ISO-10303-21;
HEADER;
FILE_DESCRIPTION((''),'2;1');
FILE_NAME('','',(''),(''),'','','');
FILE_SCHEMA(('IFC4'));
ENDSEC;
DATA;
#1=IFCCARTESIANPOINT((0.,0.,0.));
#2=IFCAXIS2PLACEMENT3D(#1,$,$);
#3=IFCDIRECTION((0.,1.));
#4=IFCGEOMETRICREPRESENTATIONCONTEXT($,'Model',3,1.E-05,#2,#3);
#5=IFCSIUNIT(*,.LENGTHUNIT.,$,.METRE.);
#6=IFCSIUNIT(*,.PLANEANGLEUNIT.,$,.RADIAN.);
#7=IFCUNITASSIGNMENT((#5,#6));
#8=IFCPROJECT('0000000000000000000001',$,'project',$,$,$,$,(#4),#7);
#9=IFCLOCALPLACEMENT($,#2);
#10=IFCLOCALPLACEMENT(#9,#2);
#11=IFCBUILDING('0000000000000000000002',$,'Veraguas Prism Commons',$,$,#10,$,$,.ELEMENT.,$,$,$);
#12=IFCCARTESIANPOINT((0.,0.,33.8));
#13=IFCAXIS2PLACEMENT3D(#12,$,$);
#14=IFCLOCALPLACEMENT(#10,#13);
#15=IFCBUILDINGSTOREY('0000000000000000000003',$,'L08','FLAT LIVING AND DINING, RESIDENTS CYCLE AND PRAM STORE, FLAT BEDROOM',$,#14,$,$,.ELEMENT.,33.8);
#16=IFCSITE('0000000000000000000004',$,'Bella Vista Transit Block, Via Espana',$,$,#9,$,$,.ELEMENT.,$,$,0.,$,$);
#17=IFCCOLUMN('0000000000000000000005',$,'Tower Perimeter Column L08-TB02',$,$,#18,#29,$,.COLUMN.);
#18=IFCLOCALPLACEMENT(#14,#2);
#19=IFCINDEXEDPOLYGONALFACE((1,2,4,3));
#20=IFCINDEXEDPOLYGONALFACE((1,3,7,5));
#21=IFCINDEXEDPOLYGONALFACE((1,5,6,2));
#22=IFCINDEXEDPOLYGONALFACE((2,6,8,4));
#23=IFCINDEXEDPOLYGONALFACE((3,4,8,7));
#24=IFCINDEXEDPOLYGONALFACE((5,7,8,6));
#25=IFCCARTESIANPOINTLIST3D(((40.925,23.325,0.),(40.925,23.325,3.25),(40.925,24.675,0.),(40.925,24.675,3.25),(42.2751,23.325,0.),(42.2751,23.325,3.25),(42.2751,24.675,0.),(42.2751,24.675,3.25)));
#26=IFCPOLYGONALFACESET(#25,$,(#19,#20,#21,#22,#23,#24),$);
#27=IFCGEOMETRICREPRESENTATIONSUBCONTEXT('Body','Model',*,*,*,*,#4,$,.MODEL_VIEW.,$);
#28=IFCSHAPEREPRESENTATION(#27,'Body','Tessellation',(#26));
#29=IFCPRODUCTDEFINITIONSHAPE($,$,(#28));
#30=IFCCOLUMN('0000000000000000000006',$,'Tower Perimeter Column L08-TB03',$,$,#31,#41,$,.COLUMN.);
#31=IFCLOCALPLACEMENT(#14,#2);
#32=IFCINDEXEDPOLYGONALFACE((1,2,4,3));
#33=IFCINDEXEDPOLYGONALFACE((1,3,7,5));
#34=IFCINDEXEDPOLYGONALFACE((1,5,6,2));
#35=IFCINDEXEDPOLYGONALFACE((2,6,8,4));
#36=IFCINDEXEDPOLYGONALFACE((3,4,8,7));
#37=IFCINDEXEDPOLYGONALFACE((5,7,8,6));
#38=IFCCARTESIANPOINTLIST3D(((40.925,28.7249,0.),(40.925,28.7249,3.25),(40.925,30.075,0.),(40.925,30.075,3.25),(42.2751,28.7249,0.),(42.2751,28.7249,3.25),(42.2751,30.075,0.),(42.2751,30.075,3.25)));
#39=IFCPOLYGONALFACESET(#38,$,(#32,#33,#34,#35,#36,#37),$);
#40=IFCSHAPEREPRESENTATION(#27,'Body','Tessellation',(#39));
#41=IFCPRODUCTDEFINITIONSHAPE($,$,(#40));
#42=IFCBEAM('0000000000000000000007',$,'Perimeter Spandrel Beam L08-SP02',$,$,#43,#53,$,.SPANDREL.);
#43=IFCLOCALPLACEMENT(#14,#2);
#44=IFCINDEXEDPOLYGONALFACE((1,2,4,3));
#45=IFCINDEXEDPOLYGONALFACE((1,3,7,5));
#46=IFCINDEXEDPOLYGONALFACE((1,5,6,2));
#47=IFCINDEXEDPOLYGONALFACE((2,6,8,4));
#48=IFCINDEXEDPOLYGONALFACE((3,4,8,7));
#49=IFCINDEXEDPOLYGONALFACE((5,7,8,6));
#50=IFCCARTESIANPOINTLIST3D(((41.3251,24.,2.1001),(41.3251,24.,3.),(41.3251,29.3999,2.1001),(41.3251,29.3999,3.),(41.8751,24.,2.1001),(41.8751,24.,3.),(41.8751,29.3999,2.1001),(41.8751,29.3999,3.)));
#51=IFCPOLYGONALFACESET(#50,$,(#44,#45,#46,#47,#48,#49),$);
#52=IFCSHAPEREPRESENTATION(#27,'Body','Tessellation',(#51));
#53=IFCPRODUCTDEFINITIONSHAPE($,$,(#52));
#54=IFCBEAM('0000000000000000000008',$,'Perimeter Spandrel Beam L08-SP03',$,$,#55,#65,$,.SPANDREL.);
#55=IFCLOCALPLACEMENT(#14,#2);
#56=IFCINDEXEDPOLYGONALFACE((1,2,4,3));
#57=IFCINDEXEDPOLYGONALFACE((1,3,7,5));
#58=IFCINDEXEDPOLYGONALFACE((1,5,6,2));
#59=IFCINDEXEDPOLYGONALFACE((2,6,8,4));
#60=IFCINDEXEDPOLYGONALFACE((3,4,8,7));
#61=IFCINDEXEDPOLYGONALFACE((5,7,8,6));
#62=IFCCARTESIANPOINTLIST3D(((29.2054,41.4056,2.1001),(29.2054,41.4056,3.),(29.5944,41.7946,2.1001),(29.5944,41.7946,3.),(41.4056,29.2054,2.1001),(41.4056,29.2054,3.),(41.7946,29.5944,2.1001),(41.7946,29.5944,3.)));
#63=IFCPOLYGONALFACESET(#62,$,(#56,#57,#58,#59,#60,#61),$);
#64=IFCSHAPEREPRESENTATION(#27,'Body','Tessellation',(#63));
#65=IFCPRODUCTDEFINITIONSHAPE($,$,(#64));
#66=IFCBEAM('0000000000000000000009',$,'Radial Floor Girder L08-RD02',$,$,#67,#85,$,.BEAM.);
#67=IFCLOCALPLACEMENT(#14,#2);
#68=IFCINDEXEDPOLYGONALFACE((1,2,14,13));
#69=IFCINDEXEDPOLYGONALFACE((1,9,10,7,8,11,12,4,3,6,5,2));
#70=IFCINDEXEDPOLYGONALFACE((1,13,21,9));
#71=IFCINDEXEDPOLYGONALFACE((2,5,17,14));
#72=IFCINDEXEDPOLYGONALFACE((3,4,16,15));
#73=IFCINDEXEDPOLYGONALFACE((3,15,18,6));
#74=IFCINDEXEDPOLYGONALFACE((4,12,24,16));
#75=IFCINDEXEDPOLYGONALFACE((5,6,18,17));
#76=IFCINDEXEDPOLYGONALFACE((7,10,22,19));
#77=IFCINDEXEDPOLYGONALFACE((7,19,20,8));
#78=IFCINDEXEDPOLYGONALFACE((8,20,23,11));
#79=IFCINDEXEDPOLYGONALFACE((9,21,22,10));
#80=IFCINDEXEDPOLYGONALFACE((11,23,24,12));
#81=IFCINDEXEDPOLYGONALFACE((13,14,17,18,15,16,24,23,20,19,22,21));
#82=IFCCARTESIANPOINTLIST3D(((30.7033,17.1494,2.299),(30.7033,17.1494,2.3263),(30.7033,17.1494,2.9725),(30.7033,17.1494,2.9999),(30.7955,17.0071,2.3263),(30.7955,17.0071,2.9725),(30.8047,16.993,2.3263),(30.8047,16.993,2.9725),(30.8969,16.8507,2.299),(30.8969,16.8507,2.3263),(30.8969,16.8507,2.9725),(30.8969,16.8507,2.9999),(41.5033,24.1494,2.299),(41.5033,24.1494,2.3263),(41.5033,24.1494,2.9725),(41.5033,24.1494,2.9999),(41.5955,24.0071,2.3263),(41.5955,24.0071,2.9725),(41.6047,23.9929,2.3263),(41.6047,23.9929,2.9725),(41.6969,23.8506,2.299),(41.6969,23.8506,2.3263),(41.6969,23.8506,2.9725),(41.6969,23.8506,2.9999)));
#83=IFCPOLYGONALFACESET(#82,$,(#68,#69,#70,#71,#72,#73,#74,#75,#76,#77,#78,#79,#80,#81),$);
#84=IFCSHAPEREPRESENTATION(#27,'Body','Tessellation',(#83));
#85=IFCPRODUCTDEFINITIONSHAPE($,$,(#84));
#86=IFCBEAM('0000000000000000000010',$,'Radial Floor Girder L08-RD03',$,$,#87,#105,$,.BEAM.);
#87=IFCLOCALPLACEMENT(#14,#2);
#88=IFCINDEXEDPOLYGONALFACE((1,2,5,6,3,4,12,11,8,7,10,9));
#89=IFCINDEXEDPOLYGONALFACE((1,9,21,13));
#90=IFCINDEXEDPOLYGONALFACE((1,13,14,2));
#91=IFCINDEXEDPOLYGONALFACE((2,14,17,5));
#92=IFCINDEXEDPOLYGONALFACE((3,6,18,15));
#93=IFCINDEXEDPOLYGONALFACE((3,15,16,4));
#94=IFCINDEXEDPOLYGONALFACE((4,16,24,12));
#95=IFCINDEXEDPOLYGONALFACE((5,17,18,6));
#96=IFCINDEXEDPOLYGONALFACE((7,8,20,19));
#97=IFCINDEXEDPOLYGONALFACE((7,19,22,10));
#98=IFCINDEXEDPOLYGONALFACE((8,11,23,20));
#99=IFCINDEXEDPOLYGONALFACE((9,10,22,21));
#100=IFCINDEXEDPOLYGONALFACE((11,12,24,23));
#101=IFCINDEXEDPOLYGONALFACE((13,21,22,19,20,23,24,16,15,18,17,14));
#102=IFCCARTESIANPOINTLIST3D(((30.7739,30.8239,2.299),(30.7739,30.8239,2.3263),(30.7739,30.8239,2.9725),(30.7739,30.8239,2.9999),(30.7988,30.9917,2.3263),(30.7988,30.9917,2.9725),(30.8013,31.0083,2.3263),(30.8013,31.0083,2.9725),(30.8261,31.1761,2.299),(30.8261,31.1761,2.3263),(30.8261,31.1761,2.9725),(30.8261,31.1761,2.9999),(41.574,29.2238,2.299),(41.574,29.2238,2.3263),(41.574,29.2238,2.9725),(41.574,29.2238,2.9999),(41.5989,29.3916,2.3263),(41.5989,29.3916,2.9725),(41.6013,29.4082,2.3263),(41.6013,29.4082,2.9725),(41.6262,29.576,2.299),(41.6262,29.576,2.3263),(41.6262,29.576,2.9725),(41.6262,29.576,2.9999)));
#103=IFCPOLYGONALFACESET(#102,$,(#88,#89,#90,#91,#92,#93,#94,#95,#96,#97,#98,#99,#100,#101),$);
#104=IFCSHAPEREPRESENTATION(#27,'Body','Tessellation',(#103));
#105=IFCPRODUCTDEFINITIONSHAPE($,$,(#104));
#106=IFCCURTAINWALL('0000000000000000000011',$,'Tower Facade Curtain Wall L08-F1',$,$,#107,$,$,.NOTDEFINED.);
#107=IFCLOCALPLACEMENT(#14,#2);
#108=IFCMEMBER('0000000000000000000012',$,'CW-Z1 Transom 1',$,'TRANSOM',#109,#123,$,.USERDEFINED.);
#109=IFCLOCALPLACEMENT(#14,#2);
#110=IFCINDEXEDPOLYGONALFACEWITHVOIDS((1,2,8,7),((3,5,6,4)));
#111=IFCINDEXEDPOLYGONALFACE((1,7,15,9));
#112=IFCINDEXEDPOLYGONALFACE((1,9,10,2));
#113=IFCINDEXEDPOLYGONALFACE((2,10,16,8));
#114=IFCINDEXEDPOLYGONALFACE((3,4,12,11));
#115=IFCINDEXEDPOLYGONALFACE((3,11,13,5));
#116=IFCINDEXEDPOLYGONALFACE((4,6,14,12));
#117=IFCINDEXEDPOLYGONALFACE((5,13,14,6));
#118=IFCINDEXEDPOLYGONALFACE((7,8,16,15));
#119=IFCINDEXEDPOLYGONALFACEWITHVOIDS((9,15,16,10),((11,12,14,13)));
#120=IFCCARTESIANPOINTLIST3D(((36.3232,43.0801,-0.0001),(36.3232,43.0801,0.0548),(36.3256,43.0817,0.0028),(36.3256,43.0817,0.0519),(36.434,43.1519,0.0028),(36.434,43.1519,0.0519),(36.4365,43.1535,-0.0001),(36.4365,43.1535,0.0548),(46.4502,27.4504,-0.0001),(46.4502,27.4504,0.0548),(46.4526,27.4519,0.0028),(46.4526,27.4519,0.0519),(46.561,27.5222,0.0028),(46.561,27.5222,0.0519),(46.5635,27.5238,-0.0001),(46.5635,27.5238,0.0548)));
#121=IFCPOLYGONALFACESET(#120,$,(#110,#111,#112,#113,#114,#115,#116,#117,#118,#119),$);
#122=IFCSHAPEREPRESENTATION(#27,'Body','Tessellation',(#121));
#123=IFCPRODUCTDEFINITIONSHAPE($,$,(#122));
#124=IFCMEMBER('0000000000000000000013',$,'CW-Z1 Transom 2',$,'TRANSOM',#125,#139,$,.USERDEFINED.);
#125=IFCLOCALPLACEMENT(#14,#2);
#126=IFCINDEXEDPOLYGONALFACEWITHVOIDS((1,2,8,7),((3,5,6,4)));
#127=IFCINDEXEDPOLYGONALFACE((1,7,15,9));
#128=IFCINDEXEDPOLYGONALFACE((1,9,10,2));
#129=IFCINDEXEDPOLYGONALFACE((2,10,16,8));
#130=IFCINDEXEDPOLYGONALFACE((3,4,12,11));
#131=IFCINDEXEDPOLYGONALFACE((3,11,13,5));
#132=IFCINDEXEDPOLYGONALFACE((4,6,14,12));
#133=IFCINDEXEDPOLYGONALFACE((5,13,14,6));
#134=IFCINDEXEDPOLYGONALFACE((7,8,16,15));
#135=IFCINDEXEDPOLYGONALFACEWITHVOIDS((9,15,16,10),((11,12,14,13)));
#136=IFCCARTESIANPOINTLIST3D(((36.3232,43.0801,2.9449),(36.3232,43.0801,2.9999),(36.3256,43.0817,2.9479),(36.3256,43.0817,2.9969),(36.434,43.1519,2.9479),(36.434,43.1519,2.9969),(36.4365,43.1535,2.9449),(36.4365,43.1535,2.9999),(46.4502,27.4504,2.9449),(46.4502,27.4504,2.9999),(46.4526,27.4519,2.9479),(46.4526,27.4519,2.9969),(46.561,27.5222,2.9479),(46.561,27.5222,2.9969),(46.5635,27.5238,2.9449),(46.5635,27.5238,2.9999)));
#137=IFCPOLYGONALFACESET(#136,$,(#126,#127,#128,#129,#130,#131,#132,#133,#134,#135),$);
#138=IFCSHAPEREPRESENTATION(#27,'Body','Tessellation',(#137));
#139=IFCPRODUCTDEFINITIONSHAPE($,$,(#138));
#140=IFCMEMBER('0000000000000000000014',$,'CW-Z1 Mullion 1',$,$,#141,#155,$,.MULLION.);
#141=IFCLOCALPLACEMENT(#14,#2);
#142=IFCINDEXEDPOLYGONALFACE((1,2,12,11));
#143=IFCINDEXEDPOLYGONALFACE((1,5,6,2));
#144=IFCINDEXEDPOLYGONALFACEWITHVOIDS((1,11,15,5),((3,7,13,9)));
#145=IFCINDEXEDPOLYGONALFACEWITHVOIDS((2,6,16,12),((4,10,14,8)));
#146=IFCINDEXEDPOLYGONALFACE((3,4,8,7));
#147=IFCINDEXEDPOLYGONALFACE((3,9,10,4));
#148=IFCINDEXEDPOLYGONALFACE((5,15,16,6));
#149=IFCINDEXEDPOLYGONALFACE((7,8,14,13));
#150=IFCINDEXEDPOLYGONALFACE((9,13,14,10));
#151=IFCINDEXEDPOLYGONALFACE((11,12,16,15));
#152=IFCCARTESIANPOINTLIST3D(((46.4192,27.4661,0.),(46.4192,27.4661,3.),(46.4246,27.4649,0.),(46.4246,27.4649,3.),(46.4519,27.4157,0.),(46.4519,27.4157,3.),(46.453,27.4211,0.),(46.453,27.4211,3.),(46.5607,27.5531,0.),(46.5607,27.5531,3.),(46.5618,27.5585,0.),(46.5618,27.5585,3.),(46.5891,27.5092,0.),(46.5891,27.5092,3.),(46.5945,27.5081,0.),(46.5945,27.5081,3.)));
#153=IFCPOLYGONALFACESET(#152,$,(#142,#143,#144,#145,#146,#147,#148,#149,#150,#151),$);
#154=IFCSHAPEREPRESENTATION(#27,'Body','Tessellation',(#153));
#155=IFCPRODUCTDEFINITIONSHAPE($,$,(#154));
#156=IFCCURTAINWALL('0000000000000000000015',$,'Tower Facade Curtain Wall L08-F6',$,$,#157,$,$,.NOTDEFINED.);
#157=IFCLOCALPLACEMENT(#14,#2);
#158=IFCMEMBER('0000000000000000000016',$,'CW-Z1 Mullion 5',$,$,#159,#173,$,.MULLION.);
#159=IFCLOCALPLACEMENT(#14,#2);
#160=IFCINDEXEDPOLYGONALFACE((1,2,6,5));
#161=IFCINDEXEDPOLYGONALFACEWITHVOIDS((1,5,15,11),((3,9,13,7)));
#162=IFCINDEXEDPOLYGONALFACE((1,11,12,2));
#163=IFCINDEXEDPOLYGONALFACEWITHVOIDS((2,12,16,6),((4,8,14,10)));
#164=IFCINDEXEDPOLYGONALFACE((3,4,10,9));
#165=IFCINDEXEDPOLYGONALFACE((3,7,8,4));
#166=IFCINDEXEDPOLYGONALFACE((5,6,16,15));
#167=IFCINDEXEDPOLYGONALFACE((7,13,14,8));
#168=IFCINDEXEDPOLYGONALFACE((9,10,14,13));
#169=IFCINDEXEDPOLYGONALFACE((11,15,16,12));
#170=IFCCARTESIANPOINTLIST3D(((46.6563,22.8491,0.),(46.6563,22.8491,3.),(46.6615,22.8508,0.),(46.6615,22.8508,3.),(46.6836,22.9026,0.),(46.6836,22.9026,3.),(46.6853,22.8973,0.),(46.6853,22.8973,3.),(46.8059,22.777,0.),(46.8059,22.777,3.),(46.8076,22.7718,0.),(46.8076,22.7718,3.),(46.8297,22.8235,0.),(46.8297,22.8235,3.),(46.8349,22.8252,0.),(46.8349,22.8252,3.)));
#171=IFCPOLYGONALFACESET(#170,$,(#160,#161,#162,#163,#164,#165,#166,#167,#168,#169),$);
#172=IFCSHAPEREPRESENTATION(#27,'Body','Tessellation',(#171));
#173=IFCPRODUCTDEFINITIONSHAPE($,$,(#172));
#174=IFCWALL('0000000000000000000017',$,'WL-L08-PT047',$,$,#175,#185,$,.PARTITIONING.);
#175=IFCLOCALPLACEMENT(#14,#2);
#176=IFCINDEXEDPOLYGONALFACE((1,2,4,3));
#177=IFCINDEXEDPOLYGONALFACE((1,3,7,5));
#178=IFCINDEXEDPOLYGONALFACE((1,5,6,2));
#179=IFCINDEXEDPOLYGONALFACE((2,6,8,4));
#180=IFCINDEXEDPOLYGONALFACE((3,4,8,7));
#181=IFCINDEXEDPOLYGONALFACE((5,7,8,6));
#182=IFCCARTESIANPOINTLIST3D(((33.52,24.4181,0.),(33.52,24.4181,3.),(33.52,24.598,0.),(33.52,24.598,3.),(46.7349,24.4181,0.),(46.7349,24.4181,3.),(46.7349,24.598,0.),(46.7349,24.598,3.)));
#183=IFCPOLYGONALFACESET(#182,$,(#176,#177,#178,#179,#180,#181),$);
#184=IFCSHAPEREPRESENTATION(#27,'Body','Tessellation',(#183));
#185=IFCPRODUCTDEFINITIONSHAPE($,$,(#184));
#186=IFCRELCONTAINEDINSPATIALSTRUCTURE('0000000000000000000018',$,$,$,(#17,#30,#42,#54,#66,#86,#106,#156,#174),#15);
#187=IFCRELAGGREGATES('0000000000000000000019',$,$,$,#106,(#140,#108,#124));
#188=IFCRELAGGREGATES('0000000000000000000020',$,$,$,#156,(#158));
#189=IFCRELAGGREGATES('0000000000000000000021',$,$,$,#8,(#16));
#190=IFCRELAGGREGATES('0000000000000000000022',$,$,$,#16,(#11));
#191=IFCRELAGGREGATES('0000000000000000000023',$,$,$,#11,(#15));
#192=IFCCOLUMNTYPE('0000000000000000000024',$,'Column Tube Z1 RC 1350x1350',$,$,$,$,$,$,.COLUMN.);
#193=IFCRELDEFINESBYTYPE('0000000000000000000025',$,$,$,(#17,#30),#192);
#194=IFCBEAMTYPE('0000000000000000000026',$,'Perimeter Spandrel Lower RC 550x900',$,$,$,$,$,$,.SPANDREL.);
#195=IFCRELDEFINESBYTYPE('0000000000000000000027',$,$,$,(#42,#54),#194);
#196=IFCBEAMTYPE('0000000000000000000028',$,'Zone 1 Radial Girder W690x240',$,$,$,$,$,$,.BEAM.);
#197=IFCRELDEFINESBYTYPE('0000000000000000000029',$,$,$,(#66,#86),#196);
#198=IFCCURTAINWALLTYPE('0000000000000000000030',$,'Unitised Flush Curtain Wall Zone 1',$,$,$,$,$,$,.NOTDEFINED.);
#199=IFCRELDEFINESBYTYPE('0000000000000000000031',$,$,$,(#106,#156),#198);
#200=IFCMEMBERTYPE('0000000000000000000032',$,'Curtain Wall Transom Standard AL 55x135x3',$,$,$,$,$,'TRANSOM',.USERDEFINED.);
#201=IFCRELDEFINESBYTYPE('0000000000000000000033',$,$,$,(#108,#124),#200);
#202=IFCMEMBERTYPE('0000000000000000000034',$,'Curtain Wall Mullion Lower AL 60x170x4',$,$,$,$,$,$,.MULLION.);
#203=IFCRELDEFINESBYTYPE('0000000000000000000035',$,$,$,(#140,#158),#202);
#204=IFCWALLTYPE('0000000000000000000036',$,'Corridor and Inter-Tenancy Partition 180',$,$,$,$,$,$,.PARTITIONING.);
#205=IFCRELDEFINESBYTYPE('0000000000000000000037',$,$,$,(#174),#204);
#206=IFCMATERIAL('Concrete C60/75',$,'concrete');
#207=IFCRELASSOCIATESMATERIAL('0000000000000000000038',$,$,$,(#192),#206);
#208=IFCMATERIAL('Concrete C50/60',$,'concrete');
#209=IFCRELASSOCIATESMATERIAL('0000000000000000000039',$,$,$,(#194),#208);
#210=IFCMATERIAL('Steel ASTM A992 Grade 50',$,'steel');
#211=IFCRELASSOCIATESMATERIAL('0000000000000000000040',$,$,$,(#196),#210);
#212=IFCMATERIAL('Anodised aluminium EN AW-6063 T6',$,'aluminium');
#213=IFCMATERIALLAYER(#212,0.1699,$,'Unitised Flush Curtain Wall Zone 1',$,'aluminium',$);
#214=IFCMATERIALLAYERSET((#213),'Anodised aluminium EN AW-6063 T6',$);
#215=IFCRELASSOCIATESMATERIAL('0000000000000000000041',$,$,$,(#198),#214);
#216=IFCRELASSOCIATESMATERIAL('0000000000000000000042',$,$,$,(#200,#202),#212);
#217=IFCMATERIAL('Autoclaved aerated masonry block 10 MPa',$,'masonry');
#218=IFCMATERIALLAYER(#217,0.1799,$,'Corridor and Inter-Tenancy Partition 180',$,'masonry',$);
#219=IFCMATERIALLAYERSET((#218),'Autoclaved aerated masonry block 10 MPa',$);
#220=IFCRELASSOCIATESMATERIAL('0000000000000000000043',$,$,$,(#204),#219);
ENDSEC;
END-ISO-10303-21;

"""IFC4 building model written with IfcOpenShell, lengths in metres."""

from ifc_helpers import new_model, si_unit, direction, frame, frame_2d, origin, origin_2d, place, context, subcontext, project, spatial, rectangle, hollow_rectangle, i_section, extrude, source, transform, mapped, material, layer, layer_set, material_profile, profile_set, type_object, element, aggregate, save


model = new_model("IFC4")

# Units and contexts
model_context = context("Model", 3, precision=1e-05, world=origin(), true_north=direction((0.0, 1.0)))
body_context = subcontext(model_context, "Body", "Model", "MODEL_VIEW")
ifc_project = project(units=[si_unit("LENGTHUNIT", "METRE"), si_unit("PLANEANGLEUNIT", "RADIAN")], contexts=[model_context])

# Site, building, storey
site_placement = place(None, origin())
site = spatial("IfcSite", under=ifc_project, at=site_placement, Name="Bella Vista Transit Block, Via Espana", CompositionType="ELEMENT", RefElevation=0.0)
building_placement = place(site_placement, origin())
building = spatial("IfcBuilding", under=site, at=building_placement, Name="Veraguas Prism Commons", CompositionType="ELEMENT")
storey_placement = place(building_placement, frame((0.0, 0.0, 33.8)))
storey = spatial("IfcBuildingStorey", under=building, at=storey_placement, Name="L08", Description="FLAT LIVING AND DINING, RESIDENTS CYCLE AND PRAM STORE, FLAT BEDROOM", CompositionType="ELEMENT", Elevation=33.8)

# Columns
ifc_material_1 = material(Name="Concrete C60/75", Category="concrete")
ifc_material_profile_1 = material_profile(ifc_material_1, rectangle(XDim=1.3501, YDim=1.3501, at=origin_2d()), Name="RC1350X1350")
ifc_profile_set_1 = profile_set([ifc_material_profile_1], Name="Concrete C60/75")
column_type = type_object("IfcColumnType", Name="Column Tube Z1 RC 1350x1350", PredefinedType="COLUMN", material=ifc_profile_set_1)
for number, where, z_axis, x_axis, name in (
    (1, (41.6001, 24.0, 0.0), (0.0, 0.0, 1.0), (1.0, 0.0, 0.0), "Tower Perimeter Column L08-TB02"),
    (2, (41.6001, 29.3999, 0.0), (0.0, 0.0, 1.0), (1.0, 0.0, 0.0), "Tower Perimeter Column L08-TB03"),
):
    element("IfcColumn", number, at=place(storey_placement, frame(where, z_axis=z_axis, x_axis=x_axis)), inside=storey, type_object=column_type, Name=name, PredefinedType="COLUMN", context=body_context, shape_type="SweptSolid", body=[
        extrude(rectangle(XDim=1.3501, YDim=1.3501, at=origin_2d()), origin(), (0.0, 0.0, 1.0), 3.25),
    ])

# Beams
ifc_material_2 = material(Name="Concrete C50/60", Category="concrete")
ifc_material_profile_2 = material_profile(ifc_material_2, rectangle(XDim=0.55, YDim=0.8999, at=origin_2d()), Name="RC550X900")
ifc_profile_set_2 = profile_set([ifc_material_profile_2], Name="Concrete C50/60")
beam_type_1 = type_object("IfcBeamType", Name="Perimeter Spandrel Lower RC 550x900", PredefinedType="SPANDREL", material=ifc_profile_set_2)
beam_1_placement = place(storey_placement, frame((41.6001, 24.0, 2.55), z_axis=(0.0, 1.0, 0.0), x_axis=(-1.0, 0.0, 0.0)))
element("IfcBeam", 3, at=beam_1_placement, inside=storey, type_object=beam_type_1, Name="Perimeter Spandrel Beam L08-SP02", PredefinedType="SPANDREL", context=body_context, shape_type="SweptSolid", body=[
    extrude(rectangle(XDim=0.55, YDim=0.8999, at=origin_2d()), origin(), (0.0, 0.0, 1.0), 5.3999),
])
beam_2_placement = place(storey_placement, frame((41.6001, 29.3999, 2.55), z_axis=(-0.707107, 0.707107, 0.0), x_axis=(-0.707107, -0.707107, 0.0)))
element("IfcBeam", 4, at=beam_2_placement, inside=storey, type_object=beam_type_1, Name="Perimeter Spandrel Beam L08-SP03", PredefinedType="SPANDREL", context=body_context, shape_type="SweptSolid", body=[
    extrude(rectangle(XDim=0.55, YDim=0.8999, at=origin_2d()), origin(), (0.0, 0.0, 1.0), 17.2537),
])
ifc_material_3 = material(Name="Steel ASTM A992 Grade 50", Category="steel")
ifc_material_profile_3 = material_profile(ifc_material_3, i_section(OverallWidth=0.356, OverallDepth=0.7009, WebThickness=0.0168, FlangeThickness=0.0273, at=origin_2d()), Name="W690X240")
ifc_profile_set_3 = profile_set([ifc_material_profile_3], Name="Steel ASTM A992 Grade 50")
beam_type_2 = type_object("IfcBeamType", Name="Zone 1 Radial Girder W690x240", PredefinedType="BEAM", material=ifc_profile_set_3)
beam_3_placement = place(storey_placement, frame((41.6001, 24.0, 2.6494), z_axis=(-0.839154, -0.543894, 0.0), x_axis=(0.543894, -0.839154, 0.0)))
element("IfcBeam", 5, at=beam_3_placement, inside=storey, type_object=beam_type_2, Name="Radial Floor Girder L08-RD02", PredefinedType="BEAM", context=body_context, shape_type="SweptSolid", body=[
    extrude(i_section(OverallWidth=0.356, OverallDepth=0.7009, WebThickness=0.0168, FlangeThickness=0.0273, at=origin_2d()), origin(), (0.0, 0.0, 1.0), 12.8701),
])
beam_4_placement = place(storey_placement, frame((41.6001, 29.3999, 2.6494), z_axis=(-0.989202, 0.146557, 0.0), x_axis=(-0.146557, -0.989202, 0.0)))
element("IfcBeam", 6, at=beam_4_placement, inside=storey, type_object=beam_type_2, Name="Radial Floor Girder L08-RD03", PredefinedType="BEAM", context=body_context, shape_type="SweptSolid", body=[
    extrude(i_section(OverallWidth=0.356, OverallDepth=0.7009, WebThickness=0.0168, FlangeThickness=0.0273, at=origin_2d()), origin(), (0.0, 0.0, 1.0), 10.918),
])

# Curtain wall, members
ifc_material_4 = material(Name="Anodised aluminium EN AW-6063 T6", Category="aluminium")
ifc_layer_1 = layer(ifc_material_4, 0.1699, Name="Unitised Flush Curtain Wall Zone 1", Category="aluminium")
ifc_layer_set_1 = layer_set([ifc_layer_1], Name="Anodised aluminium EN AW-6063 T6")
curtain_wall_type = type_object("IfcCurtainWallType", Name="Unitised Flush Curtain Wall Zone 1", PredefinedType="NOTDEFINED", material=ifc_layer_set_1)
curtain_wall_1_placement = place(storey_placement, origin())
curtain_wall_1 = element("IfcCurtainWall", 7, at=curtain_wall_1_placement, inside=storey, type_object=curtain_wall_type, Name="Tower Facade Curtain Wall L08-F1", PredefinedType="NOTDEFINED")
ifc_material_profile_4 = material_profile(ifc_material_4, hollow_rectangle(XDim=0.0549, YDim=0.135, WallThickness=0.0029, at=origin_2d()), Name="AL55X135X3")
ifc_profile_set_4 = profile_set([ifc_material_profile_4], Name="Anodised aluminium EN AW-6063 T6")
member_type_1 = type_object("IfcMemberType", Name="Curtain Wall Transom Standard AL 55x135x3", ElementType="TRANSOM", PredefinedType="USERDEFINED", material=ifc_profile_set_4)
shared_shape_1 = source(origin(), body_context, "Body", "SweptSolid", [
    extrude(hollow_rectangle(XDim=0.0549, YDim=0.135, WallThickness=0.0029, at=origin_2d()), origin(), (0.0, 0.0, 1.0), 18.6238),
])
member_1_placement = place(storey_placement, frame((46.5068, 27.4871, 0.0273), z_axis=(-0.543768, 0.839236, 0.0), x_axis=(0.0, 0.0, 1.0)))
member_1 = element("IfcMember", 8, at=member_1_placement, type_object=member_type_1, Name="CW-Z1 Transom 1", ObjectType="TRANSOM", PredefinedType="USERDEFINED", context=body_context, shape_type="MappedRepresentation", body=[
    mapped(shared_shape_1, transform((0.0, 0.0, 0.0), scale=1.0)),
])
member_2_placement = place(storey_placement, frame((46.5068, 27.4871, 2.9724), z_axis=(-0.543768, 0.839236, 0.0), x_axis=(0.0, 0.0, 1.0)))
member_2 = element("IfcMember", 9, at=member_2_placement, type_object=member_type_1, Name="CW-Z1 Transom 2", ObjectType="TRANSOM", PredefinedType="USERDEFINED", context=body_context, shape_type="MappedRepresentation", body=[
    mapped(shared_shape_1, transform((0.0, 0.0, 0.0), scale=1.0)),
])
ifc_material_profile_5 = material_profile(ifc_material_4, hollow_rectangle(XDim=0.0601, YDim=0.1699, WallThickness=0.0039, at=origin_2d()), Name="AL60X170X4")
ifc_profile_set_5 = profile_set([ifc_material_profile_5], Name="Anodised aluminium EN AW-6063 T6")
member_type_2 = type_object("IfcMemberType", Name="Curtain Wall Mullion Lower AL 60x170x4", PredefinedType="MULLION", material=ifc_profile_set_5)
shared_shape_2 = source(origin(), body_context, "Body", "SweptSolid", [
    extrude(hollow_rectangle(XDim=0.0601, YDim=0.1699, WallThickness=0.0039, at=origin_2d()), origin(), (0.0, 0.0, 1.0), 3.0),
])
member_3_placement = place(storey_placement, frame((46.5068, 27.4871, 0.0), z_axis=(0.0, 0.0, 1.0), x_axis=(-0.543766, 0.839237, 0.0)))
member_3 = element("IfcMember", 10, at=member_3_placement, type_object=member_type_2, Name="CW-Z1 Mullion 1", PredefinedType="MULLION", context=body_context, shape_type="MappedRepresentation", body=[
    mapped(shared_shape_2, transform((0.0, 0.0, 0.0), scale=1.0)),
])
aggregate(curtain_wall_1, [member_3, member_1, member_2])

# Curtain wall, member
curtain_wall_2_placement = place(storey_placement, origin())
curtain_wall_2 = element("IfcCurtainWall", 11, at=curtain_wall_2_placement, inside=storey, type_object=curtain_wall_type, Name="Tower Facade Curtain Wall L08-F6", PredefinedType="NOTDEFINED")
member_4_placement = place(storey_placement, frame((46.7456, 22.8372, 0.0), z_axis=(0.0, 0.0, 1.0), x_axis=(0.454922, 0.890531, 0.0)))
member_4 = element("IfcMember", 12, at=member_4_placement, type_object=member_type_2, Name="CW-Z1 Mullion 5", PredefinedType="MULLION", context=body_context, shape_type="MappedRepresentation", body=[
    mapped(shared_shape_2, transform((0.0, 0.0, 0.0), scale=1.0)),
])
aggregate(curtain_wall_2, [member_4])

# Wall
ifc_material_5 = material(Name="Autoclaved aerated masonry block 10 MPa", Category="masonry")
ifc_layer_2 = layer(ifc_material_5, 0.1799, Name="Corridor and Inter-Tenancy Partition 180", Category="masonry")
ifc_layer_set_2 = layer_set([ifc_layer_2], Name="Autoclaved aerated masonry block 10 MPa")
wall_type_1 = type_object("IfcWallType", Name="Corridor and Inter-Tenancy Partition 180", PredefinedType="PARTITIONING", material=ifc_layer_set_2)
wall_1_placement = place(storey_placement, frame((33.52, 24.5081, 0.0), z_axis=(0.0, 0.0, 1.0), x_axis=(1.0, 0.0, 0.0)))
element("IfcWall", 13, at=wall_1_placement, inside=storey, type_object=wall_type_1, Name="WL-L08-PT047", PredefinedType="PARTITIONING", context=body_context, shape_type="SweptSolid", body=[
    extrude(rectangle(XDim=13.2148, YDim=0.1799, at=frame_2d((6.6074, 0.0))), origin(), (0.0, 0.0, 1.0), 3.0),
])

save(model, "model.ifc")
